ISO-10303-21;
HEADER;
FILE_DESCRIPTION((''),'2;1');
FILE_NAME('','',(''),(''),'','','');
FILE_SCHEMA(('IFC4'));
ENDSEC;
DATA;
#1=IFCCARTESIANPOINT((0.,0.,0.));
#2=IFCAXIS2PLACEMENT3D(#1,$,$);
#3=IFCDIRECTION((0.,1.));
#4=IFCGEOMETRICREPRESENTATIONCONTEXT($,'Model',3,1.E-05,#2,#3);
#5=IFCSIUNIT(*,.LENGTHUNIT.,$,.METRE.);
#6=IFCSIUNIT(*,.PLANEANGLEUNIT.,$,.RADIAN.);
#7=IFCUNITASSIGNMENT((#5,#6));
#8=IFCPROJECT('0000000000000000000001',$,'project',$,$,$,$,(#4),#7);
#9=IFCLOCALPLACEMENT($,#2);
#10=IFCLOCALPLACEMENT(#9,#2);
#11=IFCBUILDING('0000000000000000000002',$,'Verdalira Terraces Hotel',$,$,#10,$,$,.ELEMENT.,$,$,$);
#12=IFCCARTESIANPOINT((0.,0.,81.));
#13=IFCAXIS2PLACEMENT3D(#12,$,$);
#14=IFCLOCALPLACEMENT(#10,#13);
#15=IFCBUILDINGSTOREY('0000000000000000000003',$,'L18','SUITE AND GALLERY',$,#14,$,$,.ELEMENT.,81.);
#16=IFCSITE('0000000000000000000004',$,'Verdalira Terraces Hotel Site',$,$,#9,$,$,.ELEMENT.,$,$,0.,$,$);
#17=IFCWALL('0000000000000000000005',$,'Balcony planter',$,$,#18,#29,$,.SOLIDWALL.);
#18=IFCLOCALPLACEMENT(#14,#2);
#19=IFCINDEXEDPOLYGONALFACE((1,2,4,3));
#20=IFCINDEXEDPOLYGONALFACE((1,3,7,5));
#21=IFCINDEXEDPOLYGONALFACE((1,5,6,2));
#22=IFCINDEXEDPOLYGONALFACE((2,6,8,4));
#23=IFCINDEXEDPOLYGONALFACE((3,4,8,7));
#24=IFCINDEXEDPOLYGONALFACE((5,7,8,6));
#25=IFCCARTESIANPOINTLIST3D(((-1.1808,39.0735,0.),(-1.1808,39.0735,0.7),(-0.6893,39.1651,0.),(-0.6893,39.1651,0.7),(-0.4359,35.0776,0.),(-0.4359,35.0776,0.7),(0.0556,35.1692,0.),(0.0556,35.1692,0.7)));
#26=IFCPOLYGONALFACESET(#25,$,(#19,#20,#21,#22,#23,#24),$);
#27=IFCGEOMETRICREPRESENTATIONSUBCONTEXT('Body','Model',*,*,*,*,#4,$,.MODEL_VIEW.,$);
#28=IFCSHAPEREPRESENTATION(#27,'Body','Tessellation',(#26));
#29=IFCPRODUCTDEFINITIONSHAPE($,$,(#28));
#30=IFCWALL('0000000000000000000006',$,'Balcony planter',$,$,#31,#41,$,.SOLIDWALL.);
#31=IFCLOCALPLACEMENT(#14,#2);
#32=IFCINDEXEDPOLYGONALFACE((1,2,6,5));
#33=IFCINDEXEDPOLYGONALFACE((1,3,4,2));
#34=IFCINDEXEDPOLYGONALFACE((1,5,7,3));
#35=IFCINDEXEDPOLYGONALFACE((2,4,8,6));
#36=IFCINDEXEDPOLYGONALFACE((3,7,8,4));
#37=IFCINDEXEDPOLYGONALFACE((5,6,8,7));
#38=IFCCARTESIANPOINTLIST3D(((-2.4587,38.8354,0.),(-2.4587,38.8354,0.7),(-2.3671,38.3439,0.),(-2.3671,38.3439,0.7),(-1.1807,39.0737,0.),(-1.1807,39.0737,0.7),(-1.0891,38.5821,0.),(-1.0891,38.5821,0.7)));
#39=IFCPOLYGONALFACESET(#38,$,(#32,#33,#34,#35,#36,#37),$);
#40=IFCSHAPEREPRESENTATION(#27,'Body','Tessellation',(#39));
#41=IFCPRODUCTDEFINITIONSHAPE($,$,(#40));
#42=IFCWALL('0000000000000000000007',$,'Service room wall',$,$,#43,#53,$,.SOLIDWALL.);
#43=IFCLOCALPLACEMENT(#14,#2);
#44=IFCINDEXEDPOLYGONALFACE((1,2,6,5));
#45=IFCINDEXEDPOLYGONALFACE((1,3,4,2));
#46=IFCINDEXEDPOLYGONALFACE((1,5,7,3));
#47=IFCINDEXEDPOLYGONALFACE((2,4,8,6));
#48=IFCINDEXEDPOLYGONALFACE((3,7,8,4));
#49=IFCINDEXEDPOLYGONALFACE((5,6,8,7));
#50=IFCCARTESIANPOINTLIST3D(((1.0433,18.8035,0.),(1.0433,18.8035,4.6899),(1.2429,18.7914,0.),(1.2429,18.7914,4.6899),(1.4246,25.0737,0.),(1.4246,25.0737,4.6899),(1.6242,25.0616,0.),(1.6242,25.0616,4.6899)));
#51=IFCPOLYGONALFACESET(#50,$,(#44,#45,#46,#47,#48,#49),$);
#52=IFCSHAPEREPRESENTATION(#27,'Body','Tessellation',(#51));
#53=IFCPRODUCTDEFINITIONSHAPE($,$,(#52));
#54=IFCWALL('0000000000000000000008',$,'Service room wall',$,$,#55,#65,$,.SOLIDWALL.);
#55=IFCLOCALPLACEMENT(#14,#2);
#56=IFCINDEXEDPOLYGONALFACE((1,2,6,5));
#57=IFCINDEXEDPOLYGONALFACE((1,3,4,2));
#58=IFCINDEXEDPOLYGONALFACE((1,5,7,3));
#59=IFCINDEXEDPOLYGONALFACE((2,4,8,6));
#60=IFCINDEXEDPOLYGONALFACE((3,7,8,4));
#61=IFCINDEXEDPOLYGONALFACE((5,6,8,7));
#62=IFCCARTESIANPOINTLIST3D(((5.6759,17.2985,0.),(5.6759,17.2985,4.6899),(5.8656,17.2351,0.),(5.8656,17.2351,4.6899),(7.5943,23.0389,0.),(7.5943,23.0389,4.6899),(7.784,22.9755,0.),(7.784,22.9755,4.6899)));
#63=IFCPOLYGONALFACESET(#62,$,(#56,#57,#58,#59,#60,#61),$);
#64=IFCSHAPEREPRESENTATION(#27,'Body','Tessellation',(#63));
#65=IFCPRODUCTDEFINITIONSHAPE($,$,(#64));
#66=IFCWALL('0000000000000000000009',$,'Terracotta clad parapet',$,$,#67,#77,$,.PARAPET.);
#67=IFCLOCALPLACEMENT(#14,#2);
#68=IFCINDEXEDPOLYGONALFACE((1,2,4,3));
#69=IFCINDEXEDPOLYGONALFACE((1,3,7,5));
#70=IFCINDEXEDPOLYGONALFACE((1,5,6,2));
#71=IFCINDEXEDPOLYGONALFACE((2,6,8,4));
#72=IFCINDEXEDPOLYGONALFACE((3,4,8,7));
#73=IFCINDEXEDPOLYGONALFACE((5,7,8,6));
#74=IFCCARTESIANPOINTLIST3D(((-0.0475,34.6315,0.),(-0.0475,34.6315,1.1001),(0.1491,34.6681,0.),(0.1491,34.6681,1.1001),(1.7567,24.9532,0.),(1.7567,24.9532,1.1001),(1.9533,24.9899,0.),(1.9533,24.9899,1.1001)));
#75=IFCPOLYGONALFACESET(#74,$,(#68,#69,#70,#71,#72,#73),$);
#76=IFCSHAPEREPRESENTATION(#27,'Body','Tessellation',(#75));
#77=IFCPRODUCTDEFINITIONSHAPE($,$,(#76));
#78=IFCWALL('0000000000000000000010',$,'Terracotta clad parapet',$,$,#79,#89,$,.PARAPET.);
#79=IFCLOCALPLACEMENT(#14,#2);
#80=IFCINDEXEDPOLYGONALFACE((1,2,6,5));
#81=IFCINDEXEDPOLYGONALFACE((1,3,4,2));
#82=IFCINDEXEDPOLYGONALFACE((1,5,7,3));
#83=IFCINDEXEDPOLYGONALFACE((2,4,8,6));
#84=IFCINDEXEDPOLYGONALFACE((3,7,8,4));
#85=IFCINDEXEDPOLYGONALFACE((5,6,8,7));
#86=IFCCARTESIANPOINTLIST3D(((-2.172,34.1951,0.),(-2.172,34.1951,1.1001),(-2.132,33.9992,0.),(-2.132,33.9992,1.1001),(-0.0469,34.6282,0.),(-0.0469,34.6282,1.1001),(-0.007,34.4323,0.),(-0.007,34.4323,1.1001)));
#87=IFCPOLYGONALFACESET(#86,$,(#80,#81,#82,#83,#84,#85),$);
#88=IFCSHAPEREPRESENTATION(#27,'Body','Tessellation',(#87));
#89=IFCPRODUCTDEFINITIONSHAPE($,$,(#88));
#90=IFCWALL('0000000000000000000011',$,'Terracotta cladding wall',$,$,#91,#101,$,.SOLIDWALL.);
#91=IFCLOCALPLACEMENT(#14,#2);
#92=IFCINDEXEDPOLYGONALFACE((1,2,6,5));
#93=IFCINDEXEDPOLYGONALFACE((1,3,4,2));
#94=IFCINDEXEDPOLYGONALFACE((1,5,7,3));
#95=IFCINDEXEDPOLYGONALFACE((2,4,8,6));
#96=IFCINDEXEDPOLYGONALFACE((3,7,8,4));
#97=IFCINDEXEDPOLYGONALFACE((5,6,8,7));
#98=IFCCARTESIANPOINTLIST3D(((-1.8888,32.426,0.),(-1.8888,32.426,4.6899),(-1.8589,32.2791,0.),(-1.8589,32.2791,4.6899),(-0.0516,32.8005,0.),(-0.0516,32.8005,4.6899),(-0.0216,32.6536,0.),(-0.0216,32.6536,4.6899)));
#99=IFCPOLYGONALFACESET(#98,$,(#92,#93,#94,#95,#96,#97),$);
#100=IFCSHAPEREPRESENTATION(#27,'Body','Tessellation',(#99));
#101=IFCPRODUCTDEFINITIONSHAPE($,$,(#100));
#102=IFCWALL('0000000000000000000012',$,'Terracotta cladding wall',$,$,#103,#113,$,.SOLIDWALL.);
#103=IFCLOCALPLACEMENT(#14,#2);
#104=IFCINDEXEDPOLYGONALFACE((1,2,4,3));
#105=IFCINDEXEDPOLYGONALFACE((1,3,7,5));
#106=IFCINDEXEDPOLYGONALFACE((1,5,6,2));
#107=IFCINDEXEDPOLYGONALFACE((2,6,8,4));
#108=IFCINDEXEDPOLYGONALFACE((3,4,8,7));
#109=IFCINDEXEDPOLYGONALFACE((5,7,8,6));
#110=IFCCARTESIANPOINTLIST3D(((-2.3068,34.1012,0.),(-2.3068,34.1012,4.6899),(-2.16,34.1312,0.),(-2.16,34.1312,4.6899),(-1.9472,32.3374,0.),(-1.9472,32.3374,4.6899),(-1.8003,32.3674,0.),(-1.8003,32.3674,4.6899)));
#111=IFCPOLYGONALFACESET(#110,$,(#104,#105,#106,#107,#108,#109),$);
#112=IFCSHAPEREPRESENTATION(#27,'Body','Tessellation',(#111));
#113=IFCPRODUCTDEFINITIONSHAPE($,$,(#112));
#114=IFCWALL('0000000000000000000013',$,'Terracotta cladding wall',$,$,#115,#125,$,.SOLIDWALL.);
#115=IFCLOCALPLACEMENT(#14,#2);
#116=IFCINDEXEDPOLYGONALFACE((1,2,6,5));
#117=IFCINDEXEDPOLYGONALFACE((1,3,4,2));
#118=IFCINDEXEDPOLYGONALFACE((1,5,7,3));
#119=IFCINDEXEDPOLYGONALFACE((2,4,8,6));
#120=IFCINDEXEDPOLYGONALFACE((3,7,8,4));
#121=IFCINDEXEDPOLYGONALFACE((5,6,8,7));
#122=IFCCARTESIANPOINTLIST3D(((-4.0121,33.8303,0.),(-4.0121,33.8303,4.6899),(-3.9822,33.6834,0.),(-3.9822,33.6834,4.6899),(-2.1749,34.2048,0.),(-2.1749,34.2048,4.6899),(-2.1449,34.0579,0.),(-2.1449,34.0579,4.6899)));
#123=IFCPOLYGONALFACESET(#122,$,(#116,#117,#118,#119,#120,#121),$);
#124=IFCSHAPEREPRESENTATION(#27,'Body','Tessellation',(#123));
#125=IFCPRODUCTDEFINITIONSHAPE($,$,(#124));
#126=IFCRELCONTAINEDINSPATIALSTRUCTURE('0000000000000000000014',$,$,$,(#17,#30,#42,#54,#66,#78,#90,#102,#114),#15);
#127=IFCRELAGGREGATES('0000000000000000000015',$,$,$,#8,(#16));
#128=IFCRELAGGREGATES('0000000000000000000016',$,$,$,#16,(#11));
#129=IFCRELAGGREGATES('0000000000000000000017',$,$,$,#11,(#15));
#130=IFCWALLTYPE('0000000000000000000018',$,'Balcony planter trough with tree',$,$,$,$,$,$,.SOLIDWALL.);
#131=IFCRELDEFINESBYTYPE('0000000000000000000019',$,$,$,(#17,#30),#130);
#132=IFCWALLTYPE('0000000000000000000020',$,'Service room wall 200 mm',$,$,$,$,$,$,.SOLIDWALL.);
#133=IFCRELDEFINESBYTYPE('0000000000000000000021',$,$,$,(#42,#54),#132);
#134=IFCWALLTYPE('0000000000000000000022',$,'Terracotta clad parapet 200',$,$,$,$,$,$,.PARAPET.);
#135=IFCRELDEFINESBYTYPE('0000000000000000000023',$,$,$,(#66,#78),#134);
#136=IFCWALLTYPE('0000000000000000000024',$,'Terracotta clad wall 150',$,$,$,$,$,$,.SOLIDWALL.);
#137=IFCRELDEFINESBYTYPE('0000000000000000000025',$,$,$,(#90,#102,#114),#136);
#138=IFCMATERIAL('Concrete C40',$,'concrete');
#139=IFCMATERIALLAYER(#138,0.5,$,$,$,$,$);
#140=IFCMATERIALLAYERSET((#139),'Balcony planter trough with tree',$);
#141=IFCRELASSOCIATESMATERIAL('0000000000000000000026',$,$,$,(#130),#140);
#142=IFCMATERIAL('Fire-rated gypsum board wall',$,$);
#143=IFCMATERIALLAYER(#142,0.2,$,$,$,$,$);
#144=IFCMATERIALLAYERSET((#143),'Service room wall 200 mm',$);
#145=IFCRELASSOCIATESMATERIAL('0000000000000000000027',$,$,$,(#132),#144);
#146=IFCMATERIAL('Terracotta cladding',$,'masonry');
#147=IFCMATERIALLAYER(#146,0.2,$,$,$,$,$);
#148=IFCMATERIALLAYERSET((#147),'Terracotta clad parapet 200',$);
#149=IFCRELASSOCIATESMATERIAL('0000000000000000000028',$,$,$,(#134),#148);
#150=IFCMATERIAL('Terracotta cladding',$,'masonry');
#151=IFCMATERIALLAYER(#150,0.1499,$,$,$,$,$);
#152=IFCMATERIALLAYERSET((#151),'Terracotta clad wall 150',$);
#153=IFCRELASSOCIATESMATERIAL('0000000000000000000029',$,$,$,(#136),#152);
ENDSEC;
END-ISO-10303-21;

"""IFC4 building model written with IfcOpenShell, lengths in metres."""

from ifc_helpers import new_model, si_unit, direction, frame, frame_2d, origin, place, context, subcontext, project, spatial, rectangle, extrude, material, layer, layer_set, type_object, element, save


model = new_model("IFC4")

# Units and contexts
model_context = context("Model", 3, precision=1e-05, world=origin(), true_north=direction((0.0, 1.0)))
body_context = subcontext(model_context, "Body", "Model", "MODEL_VIEW")
ifc_project = project(units=[si_unit("LENGTHUNIT", "METRE"), si_unit("PLANEANGLEUNIT", "RADIAN")], contexts=[model_context])

# Site, building, storey
site_placement = place(None, origin())
site = spatial("IfcSite", under=ifc_project, at=site_placement, Name="Verdalira Terraces Hotel Site", CompositionType="ELEMENT", RefElevation=0.0)
building_placement = place(site_placement, origin())
building = spatial("IfcBuilding", under=site, at=building_placement, Name="Verdalira Terraces Hotel", CompositionType="ELEMENT")
storey_placement = place(building_placement, frame((0.0, 0.0, 81.0)))
storey = spatial("IfcBuildingStorey", under=building, at=storey_placement, Name="L18", Description="SUITE AND GALLERY", CompositionType="ELEMENT", Elevation=81.0)

# Walls
ifc_material_1 = material(Name="Concrete C40", Category="concrete")
ifc_layer_1 = layer(ifc_material_1, 0.5)
ifc_layer_set_1 = layer_set([ifc_layer_1], Name="Balcony planter trough with tree")
wall_type_1 = type_object("IfcWallType", Name="Balcony planter trough with tree", PredefinedType="SOLIDWALL", material=ifc_layer_set_1)
wall_1_placement = place(storey_placement, frame((-0.1902, 35.1235, 0.0), z_axis=(0.0, 0.0, 1.0), x_axis=(-0.183255, 0.983065, 0.0)))
element("IfcWall", 1, at=wall_1_placement, inside=storey, type_object=wall_type_1, Name="Balcony planter", PredefinedType="SOLIDWALL", context=body_context, shape_type="SweptSolid", body=[
    extrude(rectangle(XDim=4.0647, YDim=0.5, at=frame_2d((2.0322, 0.0))), origin(), (0.0, 0.0, 1.0), 0.7),
])
wall_2_placement = place(storey_placement, frame((-1.135, 38.8279, 0.0), z_axis=(0.0, 0.0, 1.0), x_axis=(-0.983061, -0.183279, 0.0)))
element("IfcWall", 2, at=wall_2_placement, inside=storey, type_object=wall_type_1, Name="Balcony planter", PredefinedType="SOLIDWALL", context=body_context, shape_type="SweptSolid", body=[
    extrude(rectangle(XDim=1.3, YDim=0.5, at=frame_2d((0.6499, 0.0))), origin(), (0.0, 0.0, 1.0), 0.7),
])
ifc_material_2 = material(Name="Fire-rated gypsum board wall")
ifc_layer_2 = layer(ifc_material_2, 0.2)
ifc_layer_set_2 = layer_set([ifc_layer_2], Name="Service room wall 200 mm")
wall_type_2 = type_object("IfcWallType", Name="Service room wall 200 mm", PredefinedType="SOLIDWALL", material=ifc_layer_set_2)
wall_3_placement = place(storey_placement, frame((1.5244, 25.0676, 0.0), z_axis=(0.0, 0.0, 1.0), x_axis=(-0.060706, -0.998156, 0.0)))
element("IfcWall", 3, at=wall_3_placement, inside=storey, type_object=wall_type_2, Name="Service room wall", PredefinedType="SOLIDWALL", context=body_context, shape_type="SweptSolid", body=[
    extrude(rectangle(XDim=6.2817, YDim=0.2, at=frame_2d((3.1409, 0.0))), origin(), (0.0, 0.0, 1.0), 4.6899),
])
wall_4_placement = place(storey_placement, frame((7.6892, 23.0073, 0.0), z_axis=(0.0, 0.0, 1.0), x_axis=(-0.316966, -0.948437, 0.0)))
element("IfcWall", 4, at=wall_4_placement, inside=storey, type_object=wall_type_2, Name="Service room wall", PredefinedType="SOLIDWALL", context=body_context, shape_type="SweptSolid", body=[
    extrude(rectangle(XDim=6.0525, YDim=0.2, at=frame_2d((3.0264, 0.0))), origin(), (0.0, 0.0, 1.0), 4.6899),
])
ifc_material_3 = material(Name="Terracotta cladding", Category="masonry")
ifc_layer_3 = layer(ifc_material_3, 0.2)
ifc_layer_set_3 = layer_set([ifc_layer_3], Name="Terracotta clad parapet 200")
wall_type_3 = type_object("IfcWallType", Name="Terracotta clad parapet 200", PredefinedType="PARAPET", material=ifc_layer_set_3)
wall_5_placement = place(storey_placement, frame((1.855, 24.9717, 0.0), z_axis=(0.0, 0.0, 1.0), x_axis=(-0.183261, 0.983064, 0.0)))
element("IfcWall", 5, at=wall_5_placement, inside=storey, type_object=wall_type_3, Name="Terracotta clad parapet", PredefinedType="PARAPET", context=body_context, shape_type="SweptSolid", body=[
    extrude(rectangle(XDim=9.845, YDim=0.2, at=frame_2d((4.9224, 0.0))), origin(), (0.0, 0.0, 1.0), 1.1001),
])
wall_6_placement = place(storey_placement, frame((-0.0269, 34.5303, 0.0), z_axis=(0.0, 0.0, 1.0), x_axis=(-0.979855, -0.199709, 0.0)))
element("IfcWall", 6, at=wall_6_placement, inside=storey, type_object=wall_type_3, Name="Terracotta clad parapet", PredefinedType="PARAPET", context=body_context, shape_type="SweptSolid", body=[
    extrude(rectangle(XDim=2.1687, YDim=0.2, at=frame_2d((1.0845, 0.0))), origin(), (0.0, 0.0, 1.0), 1.1001),
])
ifc_material_4 = material(Name="Terracotta cladding", Category="masonry")
ifc_layer_4 = layer(ifc_material_4, 0.1499)
ifc_layer_set_4 = layer_set([ifc_layer_4], Name="Terracotta clad wall 150")
wall_type_4 = type_object("IfcWallType", Name="Terracotta clad wall 150", PredefinedType="SOLIDWALL", material=ifc_layer_set_4)
wall_7_placement = place(storey_placement, frame((-0.0366, 32.7271, 0.0), z_axis=(0.0, 0.0, 1.0), x_axis=(-0.979848, -0.199746, 0.0)))
element("IfcWall", 7, at=wall_7_placement, inside=storey, type_object=wall_type_4, Name="Terracotta cladding wall", PredefinedType="SOLIDWALL", context=body_context, shape_type="SweptSolid", body=[
    extrude(rectangle(XDim=1.875, YDim=0.1499, at=frame_2d((0.9375, 0.0))), origin(), (0.0, 0.0, 1.0), 4.6899),
])
wall_8_placement = place(storey_placement, frame((-1.8738, 32.3525, 0.0), z_axis=(0.0, 0.0, 1.0), x_axis=(-0.199793, 0.979838, 0.0)))
element("IfcWall", 8, at=wall_8_placement, inside=storey, type_object=wall_type_4, Name="Terracotta cladding wall", PredefinedType="SOLIDWALL", context=body_context, shape_type="SweptSolid", body=[
    extrude(rectangle(XDim=1.8, YDim=0.1499, at=frame_2d((0.8999, 0.0))), origin(), (0.0, 0.0, 1.0), 4.6899),
])
wall_9_placement = place(storey_placement, frame((-2.1599, 34.1313, 0.0), z_axis=(0.0, 0.0, 1.0), x_axis=(-0.979848, -0.199746, 0.0)))
element("IfcWall", 9, at=wall_9_placement, inside=storey, type_object=wall_type_4, Name="Terracotta cladding wall", PredefinedType="SOLIDWALL", context=body_context, shape_type="SweptSolid", body=[
    extrude(rectangle(XDim=1.875, YDim=0.1499, at=frame_2d((0.9375, 0.0))), origin(), (0.0, 0.0, 1.0), 4.6899),
])

save(model, "model.ifc")
